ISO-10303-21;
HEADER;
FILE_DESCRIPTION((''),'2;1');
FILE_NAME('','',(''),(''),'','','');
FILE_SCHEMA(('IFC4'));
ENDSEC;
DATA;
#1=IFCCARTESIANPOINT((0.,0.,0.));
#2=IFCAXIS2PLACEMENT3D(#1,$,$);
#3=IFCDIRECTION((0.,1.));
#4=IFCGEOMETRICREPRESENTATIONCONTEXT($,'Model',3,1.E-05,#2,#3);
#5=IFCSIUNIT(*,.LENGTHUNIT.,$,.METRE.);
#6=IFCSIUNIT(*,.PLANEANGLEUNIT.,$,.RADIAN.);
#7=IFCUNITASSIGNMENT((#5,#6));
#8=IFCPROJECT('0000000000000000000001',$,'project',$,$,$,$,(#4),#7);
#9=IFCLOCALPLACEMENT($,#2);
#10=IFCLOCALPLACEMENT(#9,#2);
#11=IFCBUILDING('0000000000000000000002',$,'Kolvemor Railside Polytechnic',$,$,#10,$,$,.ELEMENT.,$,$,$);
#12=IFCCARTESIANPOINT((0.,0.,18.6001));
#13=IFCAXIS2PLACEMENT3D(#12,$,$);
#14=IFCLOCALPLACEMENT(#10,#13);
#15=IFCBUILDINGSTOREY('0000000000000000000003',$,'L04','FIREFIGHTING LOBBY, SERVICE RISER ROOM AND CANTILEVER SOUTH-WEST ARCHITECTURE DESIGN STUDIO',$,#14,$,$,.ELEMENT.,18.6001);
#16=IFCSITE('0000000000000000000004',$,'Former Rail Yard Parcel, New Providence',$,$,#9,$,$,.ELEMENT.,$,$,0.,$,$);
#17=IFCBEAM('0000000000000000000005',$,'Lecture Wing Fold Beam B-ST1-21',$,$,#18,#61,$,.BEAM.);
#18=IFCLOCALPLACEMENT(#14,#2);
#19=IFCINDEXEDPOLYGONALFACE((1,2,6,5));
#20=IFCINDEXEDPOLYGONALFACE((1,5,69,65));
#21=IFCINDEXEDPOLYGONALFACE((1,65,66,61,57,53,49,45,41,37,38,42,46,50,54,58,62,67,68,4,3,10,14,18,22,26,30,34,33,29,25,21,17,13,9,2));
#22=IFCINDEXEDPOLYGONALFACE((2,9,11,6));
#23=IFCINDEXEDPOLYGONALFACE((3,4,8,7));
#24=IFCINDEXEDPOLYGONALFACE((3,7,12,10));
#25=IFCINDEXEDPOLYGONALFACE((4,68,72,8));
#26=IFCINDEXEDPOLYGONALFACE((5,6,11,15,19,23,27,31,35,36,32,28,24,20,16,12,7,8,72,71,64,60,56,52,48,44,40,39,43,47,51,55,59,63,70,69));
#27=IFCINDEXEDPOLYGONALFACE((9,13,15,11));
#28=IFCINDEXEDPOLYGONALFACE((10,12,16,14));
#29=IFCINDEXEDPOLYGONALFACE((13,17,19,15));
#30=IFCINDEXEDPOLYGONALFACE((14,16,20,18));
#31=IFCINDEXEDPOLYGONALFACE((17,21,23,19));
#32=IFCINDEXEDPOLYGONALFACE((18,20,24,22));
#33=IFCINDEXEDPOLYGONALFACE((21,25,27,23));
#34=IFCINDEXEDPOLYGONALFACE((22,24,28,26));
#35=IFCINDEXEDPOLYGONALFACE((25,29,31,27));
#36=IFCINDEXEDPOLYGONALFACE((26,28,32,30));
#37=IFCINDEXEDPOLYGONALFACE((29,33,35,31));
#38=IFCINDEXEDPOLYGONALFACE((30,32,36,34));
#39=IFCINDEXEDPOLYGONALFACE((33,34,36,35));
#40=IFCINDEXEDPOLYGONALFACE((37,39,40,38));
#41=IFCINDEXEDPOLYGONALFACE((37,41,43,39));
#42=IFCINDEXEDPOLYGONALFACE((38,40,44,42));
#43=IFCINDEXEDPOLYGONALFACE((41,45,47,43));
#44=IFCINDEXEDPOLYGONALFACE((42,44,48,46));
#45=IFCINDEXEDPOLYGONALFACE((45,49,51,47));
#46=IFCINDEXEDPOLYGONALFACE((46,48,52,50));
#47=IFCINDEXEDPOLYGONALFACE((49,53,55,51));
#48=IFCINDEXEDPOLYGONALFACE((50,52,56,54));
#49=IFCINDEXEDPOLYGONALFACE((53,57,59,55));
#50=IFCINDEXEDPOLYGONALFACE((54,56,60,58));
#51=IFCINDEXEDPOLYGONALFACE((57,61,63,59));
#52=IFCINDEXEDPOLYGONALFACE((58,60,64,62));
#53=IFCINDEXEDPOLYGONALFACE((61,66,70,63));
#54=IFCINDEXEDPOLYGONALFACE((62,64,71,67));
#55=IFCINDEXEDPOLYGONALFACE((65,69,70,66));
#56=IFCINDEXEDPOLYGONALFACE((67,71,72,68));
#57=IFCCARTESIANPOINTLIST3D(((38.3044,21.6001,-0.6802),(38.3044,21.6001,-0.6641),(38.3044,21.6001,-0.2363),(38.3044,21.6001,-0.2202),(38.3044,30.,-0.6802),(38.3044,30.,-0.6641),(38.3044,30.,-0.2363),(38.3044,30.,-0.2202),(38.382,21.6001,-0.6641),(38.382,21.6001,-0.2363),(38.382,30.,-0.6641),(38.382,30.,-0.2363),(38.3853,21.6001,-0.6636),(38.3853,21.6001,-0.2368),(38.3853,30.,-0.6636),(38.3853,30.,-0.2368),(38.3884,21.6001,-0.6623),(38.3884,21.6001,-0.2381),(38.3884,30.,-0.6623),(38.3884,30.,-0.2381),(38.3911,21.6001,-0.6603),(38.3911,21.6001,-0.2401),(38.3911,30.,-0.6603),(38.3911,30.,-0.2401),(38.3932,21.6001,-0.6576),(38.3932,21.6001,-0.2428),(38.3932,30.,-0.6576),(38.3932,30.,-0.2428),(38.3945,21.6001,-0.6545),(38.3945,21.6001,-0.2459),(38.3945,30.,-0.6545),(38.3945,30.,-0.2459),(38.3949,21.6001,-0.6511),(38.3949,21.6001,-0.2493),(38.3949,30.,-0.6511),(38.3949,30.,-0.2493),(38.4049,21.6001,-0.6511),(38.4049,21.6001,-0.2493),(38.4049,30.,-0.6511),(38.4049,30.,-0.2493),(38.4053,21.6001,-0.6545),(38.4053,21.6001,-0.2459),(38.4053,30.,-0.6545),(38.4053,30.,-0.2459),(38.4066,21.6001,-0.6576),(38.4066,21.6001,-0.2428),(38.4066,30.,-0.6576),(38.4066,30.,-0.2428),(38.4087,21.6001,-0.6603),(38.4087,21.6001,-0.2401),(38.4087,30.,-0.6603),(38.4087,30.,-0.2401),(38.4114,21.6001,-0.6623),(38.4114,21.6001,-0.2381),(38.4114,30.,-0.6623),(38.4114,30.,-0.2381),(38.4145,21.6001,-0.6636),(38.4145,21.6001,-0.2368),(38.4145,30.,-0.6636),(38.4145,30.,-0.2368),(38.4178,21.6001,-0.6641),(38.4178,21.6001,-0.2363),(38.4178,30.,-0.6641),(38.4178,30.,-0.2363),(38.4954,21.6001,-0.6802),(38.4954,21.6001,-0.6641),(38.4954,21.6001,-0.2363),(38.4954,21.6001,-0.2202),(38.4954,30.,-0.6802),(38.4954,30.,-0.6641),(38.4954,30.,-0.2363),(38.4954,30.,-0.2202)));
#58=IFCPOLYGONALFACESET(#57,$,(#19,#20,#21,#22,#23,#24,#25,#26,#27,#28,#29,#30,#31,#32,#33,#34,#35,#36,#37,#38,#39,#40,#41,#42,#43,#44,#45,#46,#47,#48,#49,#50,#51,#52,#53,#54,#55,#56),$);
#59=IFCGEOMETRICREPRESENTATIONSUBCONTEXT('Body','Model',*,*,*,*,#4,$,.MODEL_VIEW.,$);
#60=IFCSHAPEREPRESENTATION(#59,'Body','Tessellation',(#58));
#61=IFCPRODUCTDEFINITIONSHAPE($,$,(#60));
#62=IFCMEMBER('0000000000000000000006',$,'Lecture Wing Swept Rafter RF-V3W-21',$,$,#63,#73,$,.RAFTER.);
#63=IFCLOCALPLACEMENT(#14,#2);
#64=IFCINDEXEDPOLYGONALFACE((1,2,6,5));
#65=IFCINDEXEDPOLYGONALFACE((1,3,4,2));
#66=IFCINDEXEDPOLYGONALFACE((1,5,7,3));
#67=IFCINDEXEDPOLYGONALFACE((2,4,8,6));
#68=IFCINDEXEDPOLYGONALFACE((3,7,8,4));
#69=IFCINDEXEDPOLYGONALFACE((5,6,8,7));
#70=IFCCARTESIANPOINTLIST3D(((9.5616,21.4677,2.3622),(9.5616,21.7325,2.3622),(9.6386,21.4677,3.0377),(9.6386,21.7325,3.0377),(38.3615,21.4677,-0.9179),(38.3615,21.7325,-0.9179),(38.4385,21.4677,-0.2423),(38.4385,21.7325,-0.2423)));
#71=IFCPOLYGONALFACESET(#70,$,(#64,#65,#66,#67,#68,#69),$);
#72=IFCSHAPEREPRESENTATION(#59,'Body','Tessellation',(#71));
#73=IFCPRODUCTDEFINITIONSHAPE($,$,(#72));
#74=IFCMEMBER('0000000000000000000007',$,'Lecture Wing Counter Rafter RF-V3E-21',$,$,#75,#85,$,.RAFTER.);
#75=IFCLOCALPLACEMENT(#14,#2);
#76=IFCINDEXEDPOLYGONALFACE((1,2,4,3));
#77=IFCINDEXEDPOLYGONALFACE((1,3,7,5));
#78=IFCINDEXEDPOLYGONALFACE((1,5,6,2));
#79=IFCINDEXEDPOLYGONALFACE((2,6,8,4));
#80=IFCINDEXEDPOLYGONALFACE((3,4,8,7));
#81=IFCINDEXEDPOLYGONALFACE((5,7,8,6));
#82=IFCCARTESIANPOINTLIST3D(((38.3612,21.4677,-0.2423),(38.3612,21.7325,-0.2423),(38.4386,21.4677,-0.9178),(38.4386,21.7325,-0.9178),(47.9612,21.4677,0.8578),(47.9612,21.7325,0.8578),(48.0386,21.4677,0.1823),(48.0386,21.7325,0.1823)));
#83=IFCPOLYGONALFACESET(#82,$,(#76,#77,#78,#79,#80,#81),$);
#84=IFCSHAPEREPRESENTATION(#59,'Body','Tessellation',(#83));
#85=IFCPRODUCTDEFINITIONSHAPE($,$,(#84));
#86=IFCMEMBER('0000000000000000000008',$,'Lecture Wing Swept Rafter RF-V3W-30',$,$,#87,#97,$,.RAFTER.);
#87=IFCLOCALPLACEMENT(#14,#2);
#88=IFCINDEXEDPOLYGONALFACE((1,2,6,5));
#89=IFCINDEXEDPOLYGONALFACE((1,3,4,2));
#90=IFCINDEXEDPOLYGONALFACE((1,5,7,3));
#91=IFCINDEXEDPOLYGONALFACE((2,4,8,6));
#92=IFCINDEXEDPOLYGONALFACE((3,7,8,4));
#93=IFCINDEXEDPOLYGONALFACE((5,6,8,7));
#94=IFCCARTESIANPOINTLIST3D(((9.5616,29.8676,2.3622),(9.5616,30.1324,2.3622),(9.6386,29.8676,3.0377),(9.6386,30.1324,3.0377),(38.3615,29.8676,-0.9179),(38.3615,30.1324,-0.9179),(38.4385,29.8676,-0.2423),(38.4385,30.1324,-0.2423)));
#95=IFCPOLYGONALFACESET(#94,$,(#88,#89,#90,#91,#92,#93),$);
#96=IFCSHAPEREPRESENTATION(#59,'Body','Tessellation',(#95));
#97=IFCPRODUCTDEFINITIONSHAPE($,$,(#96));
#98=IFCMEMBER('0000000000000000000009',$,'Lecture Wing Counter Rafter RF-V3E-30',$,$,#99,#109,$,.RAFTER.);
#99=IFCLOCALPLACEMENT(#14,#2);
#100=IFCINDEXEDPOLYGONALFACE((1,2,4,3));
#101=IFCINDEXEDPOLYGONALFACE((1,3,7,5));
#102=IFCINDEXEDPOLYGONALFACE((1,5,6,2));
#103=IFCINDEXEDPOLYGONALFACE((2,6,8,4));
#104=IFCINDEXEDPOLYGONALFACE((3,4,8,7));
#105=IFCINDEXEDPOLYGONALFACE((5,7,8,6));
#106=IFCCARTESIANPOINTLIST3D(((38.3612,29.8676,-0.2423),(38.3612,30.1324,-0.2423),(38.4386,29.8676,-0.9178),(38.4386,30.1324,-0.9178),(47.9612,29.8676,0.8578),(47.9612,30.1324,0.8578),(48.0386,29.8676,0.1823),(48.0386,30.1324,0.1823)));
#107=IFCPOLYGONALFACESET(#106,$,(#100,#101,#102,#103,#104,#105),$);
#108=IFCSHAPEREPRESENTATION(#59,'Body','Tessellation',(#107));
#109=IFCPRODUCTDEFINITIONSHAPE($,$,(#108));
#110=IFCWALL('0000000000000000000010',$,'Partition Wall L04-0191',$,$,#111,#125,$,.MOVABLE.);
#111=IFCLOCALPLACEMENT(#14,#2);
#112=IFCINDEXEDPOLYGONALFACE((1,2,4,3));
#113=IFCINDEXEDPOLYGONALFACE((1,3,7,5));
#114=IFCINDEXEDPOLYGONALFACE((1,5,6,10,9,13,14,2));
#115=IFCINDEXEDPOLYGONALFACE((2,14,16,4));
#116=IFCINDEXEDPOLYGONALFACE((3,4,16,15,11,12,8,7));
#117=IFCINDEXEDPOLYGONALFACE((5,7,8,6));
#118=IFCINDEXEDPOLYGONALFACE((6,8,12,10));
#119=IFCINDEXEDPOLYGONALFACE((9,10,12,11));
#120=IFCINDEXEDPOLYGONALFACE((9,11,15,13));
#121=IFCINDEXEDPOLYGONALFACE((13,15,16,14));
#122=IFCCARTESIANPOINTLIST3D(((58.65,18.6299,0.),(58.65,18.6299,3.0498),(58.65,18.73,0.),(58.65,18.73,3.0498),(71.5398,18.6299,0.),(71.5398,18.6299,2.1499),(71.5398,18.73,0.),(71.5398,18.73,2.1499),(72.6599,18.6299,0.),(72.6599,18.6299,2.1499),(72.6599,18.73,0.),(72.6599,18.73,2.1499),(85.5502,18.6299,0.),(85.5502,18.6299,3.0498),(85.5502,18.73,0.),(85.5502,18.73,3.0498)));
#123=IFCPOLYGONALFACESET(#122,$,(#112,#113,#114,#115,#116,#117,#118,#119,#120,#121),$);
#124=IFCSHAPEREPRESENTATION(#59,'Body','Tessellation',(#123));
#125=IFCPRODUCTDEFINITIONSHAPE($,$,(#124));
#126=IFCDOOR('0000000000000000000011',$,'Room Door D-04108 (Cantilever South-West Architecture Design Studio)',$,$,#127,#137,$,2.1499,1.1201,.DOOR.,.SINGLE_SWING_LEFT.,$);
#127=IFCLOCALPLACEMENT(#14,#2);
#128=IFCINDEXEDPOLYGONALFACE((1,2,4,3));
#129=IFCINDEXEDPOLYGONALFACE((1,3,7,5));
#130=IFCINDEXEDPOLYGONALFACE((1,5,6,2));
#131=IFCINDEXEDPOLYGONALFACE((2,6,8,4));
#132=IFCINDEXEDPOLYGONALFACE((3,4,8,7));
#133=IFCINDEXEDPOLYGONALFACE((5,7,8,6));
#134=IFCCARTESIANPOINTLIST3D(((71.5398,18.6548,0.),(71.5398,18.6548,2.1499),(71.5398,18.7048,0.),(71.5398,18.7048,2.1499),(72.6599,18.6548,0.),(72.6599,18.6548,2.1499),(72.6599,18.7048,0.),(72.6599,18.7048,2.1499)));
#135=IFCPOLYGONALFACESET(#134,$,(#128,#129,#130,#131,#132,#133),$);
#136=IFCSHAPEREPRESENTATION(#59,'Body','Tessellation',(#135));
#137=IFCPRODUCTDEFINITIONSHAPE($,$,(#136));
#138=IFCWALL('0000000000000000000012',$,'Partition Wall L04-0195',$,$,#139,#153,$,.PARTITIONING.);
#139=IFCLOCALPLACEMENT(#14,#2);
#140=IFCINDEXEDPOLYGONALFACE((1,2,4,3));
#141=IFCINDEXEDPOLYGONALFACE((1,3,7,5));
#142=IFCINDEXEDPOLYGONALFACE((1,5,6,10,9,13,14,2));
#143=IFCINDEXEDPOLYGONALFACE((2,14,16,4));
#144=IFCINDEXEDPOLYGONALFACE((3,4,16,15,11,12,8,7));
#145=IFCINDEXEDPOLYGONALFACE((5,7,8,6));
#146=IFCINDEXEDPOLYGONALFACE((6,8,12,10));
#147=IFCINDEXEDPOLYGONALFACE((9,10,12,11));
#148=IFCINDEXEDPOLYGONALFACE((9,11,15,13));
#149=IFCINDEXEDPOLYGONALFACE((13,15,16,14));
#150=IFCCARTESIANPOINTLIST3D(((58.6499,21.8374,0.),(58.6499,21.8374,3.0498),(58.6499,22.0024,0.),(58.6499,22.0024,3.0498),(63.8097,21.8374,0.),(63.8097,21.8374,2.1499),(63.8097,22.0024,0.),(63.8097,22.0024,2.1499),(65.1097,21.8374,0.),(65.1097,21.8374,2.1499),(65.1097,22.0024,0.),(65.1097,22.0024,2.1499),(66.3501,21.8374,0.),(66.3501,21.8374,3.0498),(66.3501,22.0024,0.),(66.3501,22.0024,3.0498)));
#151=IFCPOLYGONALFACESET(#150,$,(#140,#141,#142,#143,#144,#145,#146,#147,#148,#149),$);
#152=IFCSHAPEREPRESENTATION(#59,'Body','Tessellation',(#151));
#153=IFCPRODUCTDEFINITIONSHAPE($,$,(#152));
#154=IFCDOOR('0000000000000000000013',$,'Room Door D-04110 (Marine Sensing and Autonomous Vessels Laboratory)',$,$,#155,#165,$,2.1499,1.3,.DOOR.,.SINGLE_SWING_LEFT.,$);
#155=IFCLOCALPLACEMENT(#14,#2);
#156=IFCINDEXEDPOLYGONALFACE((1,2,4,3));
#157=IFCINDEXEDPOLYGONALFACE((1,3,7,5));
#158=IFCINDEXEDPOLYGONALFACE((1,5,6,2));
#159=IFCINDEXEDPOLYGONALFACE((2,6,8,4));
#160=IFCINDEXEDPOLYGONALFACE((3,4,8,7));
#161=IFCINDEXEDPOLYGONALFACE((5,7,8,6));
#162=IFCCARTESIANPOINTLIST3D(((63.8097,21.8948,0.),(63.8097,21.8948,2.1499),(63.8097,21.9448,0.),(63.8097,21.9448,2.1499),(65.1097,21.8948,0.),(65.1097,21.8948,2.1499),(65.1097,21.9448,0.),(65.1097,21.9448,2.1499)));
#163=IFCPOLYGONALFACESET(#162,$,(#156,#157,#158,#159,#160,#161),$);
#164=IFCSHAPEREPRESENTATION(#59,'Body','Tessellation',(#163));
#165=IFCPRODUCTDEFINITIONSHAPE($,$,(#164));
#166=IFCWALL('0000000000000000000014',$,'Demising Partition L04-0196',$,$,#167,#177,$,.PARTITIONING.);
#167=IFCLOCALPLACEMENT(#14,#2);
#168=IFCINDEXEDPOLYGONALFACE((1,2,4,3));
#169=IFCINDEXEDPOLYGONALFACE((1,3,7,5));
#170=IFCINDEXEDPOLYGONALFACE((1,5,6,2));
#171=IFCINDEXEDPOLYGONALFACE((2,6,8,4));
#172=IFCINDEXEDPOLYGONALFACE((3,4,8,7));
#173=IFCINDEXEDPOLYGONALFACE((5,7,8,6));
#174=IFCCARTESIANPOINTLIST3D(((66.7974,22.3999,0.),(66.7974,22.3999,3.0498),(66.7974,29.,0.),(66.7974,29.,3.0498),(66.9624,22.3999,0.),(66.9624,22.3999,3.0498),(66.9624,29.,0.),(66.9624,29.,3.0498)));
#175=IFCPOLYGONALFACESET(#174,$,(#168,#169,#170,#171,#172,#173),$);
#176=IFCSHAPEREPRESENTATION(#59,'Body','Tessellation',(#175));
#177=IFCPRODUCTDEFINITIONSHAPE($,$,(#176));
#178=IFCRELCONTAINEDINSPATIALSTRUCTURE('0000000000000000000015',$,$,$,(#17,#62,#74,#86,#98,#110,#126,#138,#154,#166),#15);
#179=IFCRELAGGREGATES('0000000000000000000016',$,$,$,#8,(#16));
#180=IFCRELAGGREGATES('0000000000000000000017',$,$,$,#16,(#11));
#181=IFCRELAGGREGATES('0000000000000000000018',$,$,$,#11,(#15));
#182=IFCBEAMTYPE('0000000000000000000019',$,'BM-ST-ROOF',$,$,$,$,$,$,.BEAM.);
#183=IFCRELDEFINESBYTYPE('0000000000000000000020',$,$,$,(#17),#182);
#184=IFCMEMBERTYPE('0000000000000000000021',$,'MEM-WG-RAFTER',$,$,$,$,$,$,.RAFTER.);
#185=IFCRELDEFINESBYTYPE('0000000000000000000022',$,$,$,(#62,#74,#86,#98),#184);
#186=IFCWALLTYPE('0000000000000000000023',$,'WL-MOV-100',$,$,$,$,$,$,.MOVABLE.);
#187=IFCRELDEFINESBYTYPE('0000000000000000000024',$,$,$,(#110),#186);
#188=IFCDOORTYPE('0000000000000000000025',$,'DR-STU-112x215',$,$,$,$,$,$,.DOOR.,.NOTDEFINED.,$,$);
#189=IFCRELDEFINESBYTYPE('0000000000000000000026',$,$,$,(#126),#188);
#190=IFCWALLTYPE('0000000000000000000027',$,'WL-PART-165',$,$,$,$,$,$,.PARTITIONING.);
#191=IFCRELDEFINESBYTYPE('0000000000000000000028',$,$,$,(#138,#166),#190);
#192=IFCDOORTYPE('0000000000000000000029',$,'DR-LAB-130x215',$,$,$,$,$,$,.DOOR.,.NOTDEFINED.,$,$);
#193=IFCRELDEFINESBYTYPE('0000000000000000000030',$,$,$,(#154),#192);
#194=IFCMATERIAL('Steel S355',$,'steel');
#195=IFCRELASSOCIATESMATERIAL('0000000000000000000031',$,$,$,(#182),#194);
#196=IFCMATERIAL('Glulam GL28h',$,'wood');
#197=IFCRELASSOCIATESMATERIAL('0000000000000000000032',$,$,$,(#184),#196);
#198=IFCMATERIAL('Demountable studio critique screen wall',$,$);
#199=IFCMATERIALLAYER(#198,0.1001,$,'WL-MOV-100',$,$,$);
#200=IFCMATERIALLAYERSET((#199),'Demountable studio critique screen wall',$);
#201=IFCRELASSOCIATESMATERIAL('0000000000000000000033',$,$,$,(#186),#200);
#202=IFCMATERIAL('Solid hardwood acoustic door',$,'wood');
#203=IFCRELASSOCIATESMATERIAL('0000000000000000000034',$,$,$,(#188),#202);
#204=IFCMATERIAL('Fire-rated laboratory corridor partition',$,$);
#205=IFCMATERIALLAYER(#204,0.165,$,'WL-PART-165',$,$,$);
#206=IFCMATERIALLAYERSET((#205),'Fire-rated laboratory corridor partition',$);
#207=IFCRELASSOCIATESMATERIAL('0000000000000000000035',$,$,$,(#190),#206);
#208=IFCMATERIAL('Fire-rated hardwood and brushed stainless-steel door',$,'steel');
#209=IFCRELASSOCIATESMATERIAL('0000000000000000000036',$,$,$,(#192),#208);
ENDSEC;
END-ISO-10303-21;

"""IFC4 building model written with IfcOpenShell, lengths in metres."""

from ifc_helpers import new_model, si_unit, direction, frame, frame_2d, origin, origin_2d, place, context, subcontext, project, spatial, rectangle, i_section, extrude, material, layer, layer_set, material_profile, profile_set, type_object, element, fill, save


model = new_model("IFC4")

# Units and contexts
model_context = context("Model", 3, precision=1e-05, world=origin(), true_north=direction((0.0, 1.0)))
body_context = subcontext(model_context, "Body", "Model", "MODEL_VIEW")
ifc_project = project(units=[si_unit("LENGTHUNIT", "METRE"), si_unit("PLANEANGLEUNIT", "RADIAN")], contexts=[model_context])

# Site, building, storey
site_placement = place(None, origin())
site = spatial("IfcSite", under=ifc_project, at=site_placement, Name="Former Rail Yard Parcel, New Providence", CompositionType="ELEMENT", RefElevation=0.0)
building_placement = place(site_placement, origin())
building = spatial("IfcBuilding", under=site, at=building_placement, Name="Kolvemor Railside Polytechnic", CompositionType="ELEMENT")
storey_placement = place(building_placement, frame((0.0, 0.0, 18.6001)))
storey = spatial("IfcBuildingStorey", under=building, at=storey_placement, Name="L04", Description="FIREFIGHTING LOBBY, SERVICE RISER ROOM AND CANTILEVER SOUTH-WEST ARCHITECTURE DESIGN STUDIO", CompositionType="ELEMENT", Elevation=18.6001)

# Beam
ifc_material_1 = material(Name="Steel S355", Category="steel")
ifc_material_profile_1 = material_profile(ifc_material_1, i_section(OverallWidth=0.1909, OverallDepth=0.46, WebThickness=0.01, FlangeThickness=0.0161, FilletRadius=0.0129, at=origin_2d()), Name="W460x82")
ifc_profile_set_1 = profile_set([ifc_material_profile_1], Name="Steel S355")
beam_type_1 = type_object("IfcBeamType", Name="BM-ST-ROOF", PredefinedType="BEAM", material=ifc_profile_set_1)
beam_1_placement = place(storey_placement, frame((38.3999, 21.6001, -0.4502), z_axis=(0.0, 1.0, 0.0), x_axis=(-1.0, 0.0, 0.0)))
element("IfcBeam", 1, at=beam_1_placement, inside=storey, type_object=beam_type_1, Name="Lecture Wing Fold Beam B-ST1-21", PredefinedType="BEAM", context=body_context, shape_type="SweptSolid", body=[
    extrude(i_section(OverallWidth=0.1909, OverallDepth=0.46, WebThickness=0.01, FlangeThickness=0.0161, FilletRadius=0.0129, at=origin_2d()), origin(), (0.0, 0.0, 1.0), 8.3999),
])

# Members
ifc_material_2 = material(Name="Glulam GL28h", Category="wood")
ifc_material_profile_2 = material_profile(ifc_material_2, rectangle(XDim=0.2649, YDim=0.6799, at=origin_2d()), Name="GL265x680")
ifc_profile_set_2 = profile_set([ifc_material_profile_2], Name="Glulam GL28h")
member_type = type_object("IfcMemberType", Name="MEM-WG-RAFTER", PredefinedType="RAFTER", material=ifc_profile_set_2)
member_1_placement = place(storey_placement, frame((9.6001, 21.6001, 2.7), z_axis=(0.993577, 0.0, -0.113159), x_axis=(0.0, 1.0, 0.0)))
element("IfcMember", 2, at=member_1_placement, inside=storey, type_object=member_type, Name="Lecture Wing Swept Rafter RF-V3W-21", PredefinedType="RAFTER", context=body_context, shape_type="SweptSolid", body=[
    extrude(rectangle(XDim=0.2649, YDim=0.6799, at=origin_2d()), origin(), (0.0, 0.0, 1.0), 28.9861),
])
member_2_placement = place(storey_placement, frame((38.3999, 21.6001, -0.5801), z_axis=(0.993498, 0.0, 0.113847), x_axis=(0.0, 1.0, 0.0)))
element("IfcMember", 3, at=member_2_placement, inside=storey, type_object=member_type, Name="Lecture Wing Counter Rafter RF-V3E-21", PredefinedType="RAFTER", context=body_context, shape_type="SweptSolid", body=[
    extrude(rectangle(XDim=0.2649, YDim=0.6799, at=origin_2d()), origin(), (0.0, 0.0, 1.0), 9.6628),
])
member_3_placement = place(storey_placement, frame((9.6001, 30.0, 2.7), z_axis=(0.993577, 0.0, -0.113159), x_axis=(0.0, 1.0, 0.0)))
element("IfcMember", 4, at=member_3_placement, inside=storey, type_object=member_type, Name="Lecture Wing Swept Rafter RF-V3W-30", PredefinedType="RAFTER", context=body_context, shape_type="SweptSolid", body=[
    extrude(rectangle(XDim=0.2649, YDim=0.6799, at=origin_2d()), origin(), (0.0, 0.0, 1.0), 28.9861),
])
member_4_placement = place(storey_placement, frame((38.3999, 30.0, -0.5801), z_axis=(0.993498, 0.0, 0.113847), x_axis=(0.0, 1.0, 0.0)))
element("IfcMember", 5, at=member_4_placement, inside=storey, type_object=member_type, Name="Lecture Wing Counter Rafter RF-V3E-30", PredefinedType="RAFTER", context=body_context, shape_type="SweptSolid", body=[
    extrude(rectangle(XDim=0.2649, YDim=0.6799, at=origin_2d()), origin(), (0.0, 0.0, 1.0), 9.6628),
])

# Walls, openings, doors
ifc_material_3 = material(Name="Demountable studio critique screen wall")
ifc_layer_1 = layer(ifc_material_3, 0.1001, Name="WL-MOV-100")
ifc_layer_set_1 = layer_set([ifc_layer_1], Name="Demountable studio critique screen wall")
wall_type_1 = type_object("IfcWallType", Name="WL-MOV-100", PredefinedType="MOVABLE", material=ifc_layer_set_1)
wall_1_placement = place(storey_placement, frame((58.6499, 18.6799, 0.0), z_axis=(0.0, 0.0, 1.0), x_axis=(1.0, 0.0, 0.0)))
wall_1 = element("IfcWall", 6, at=wall_1_placement, inside=storey, type_object=wall_type_1, Name="Partition Wall L04-0191", PredefinedType="MOVABLE", context=body_context, shape_type="SweptSolid", body=[
    extrude(rectangle(XDim=26.9001, YDim=0.1001, at=frame_2d((13.4502, 0.0))), origin(), (0.0, 0.0, 1.0), 3.0498),
])
opening_1_placement = place(wall_1_placement, frame((12.8899, 0.0, 0.0)))
opening_1 = element("IfcOpeningElement", 7, at=opening_1_placement, cuts=wall_1, PredefinedType="OPENING", context=body_context, shape_type="SweptSolid", body=[
    extrude(rectangle(XDim=1.1201, YDim=2.1499, at=frame_2d((0.5601, 1.075))), frame((0.0, 0.0601, 0.0), z_axis=(0.0, -1.0, 0.0), x_axis=(1.0, 0.0, 0.0)), (0.0, 0.0, 1.0), 0.1201),
])
ifc_material_4 = material(Name="Solid hardwood acoustic door", Category="wood")
door_type_1 = type_object("IfcDoorType", Name="DR-STU-112x215", OperationType="NOTDEFINED", PredefinedType="DOOR", material=ifc_material_4)
door_1_placement = place(opening_1_placement, origin())
door_1 = element("IfcDoor", 8, at=door_1_placement, inside=storey, type_object=door_type_1, Name="Room Door D-04108 (Cantilever South-West Architecture Design Studio)", OperationType="SINGLE_SWING_LEFT", OverallHeight=2.1499, OverallWidth=1.1201, PredefinedType="DOOR", context=body_context, shape_type="SweptSolid", body=[
    extrude(rectangle(XDim=1.1201, YDim=2.1499, at=frame_2d((0.5601, 1.075))), frame((0.0, 0.0249, 0.0), z_axis=(0.0, -1.0, 0.0), x_axis=(1.0, 0.0, 0.0)), (0.0, 0.0, 1.0), 0.05),
])
fill(opening_1, door_1)
ifc_material_5 = material(Name="Fire-rated laboratory corridor partition")
ifc_layer_2 = layer(ifc_material_5, 0.165, Name="WL-PART-165")
ifc_layer_set_2 = layer_set([ifc_layer_2], Name="Fire-rated laboratory corridor partition")
wall_type_2 = type_object("IfcWallType", Name="WL-PART-165", PredefinedType="PARTITIONING", material=ifc_layer_set_2)
wall_2_placement = place(storey_placement, frame((58.6499, 21.9199, 0.0), z_axis=(0.0, 0.0, 1.0), x_axis=(1.0, 0.0, 0.0)))
wall_2 = element("IfcWall", 9, at=wall_2_placement, inside=storey, type_object=wall_type_2, Name="Partition Wall L04-0195", PredefinedType="PARTITIONING", context=body_context, shape_type="SweptSolid", body=[
    extrude(rectangle(XDim=7.7002, YDim=0.165, at=frame_2d((3.8501, 0.0))), origin(), (0.0, 0.0, 1.0), 3.0498),
])
opening_2_placement = place(wall_2_placement, frame((5.1599, 0.0, 0.0)))
opening_2 = element("IfcOpeningElement", 10, at=opening_2_placement, cuts=wall_2, PredefinedType="OPENING", context=body_context, shape_type="SweptSolid", body=[
    extrude(rectangle(XDim=1.3, YDim=2.1499, at=frame_2d((0.6499, 1.075))), frame((0.0, 0.0925, 0.0), z_axis=(0.0, -1.0, 0.0), x_axis=(1.0, 0.0, 0.0)), (0.0, 0.0, 1.0), 0.1851),
])
ifc_material_6 = material(Name="Fire-rated hardwood and brushed stainless-steel door", Category="steel")
door_type_2 = type_object("IfcDoorType", Name="DR-LAB-130x215", OperationType="NOTDEFINED", PredefinedType="DOOR", material=ifc_material_6)
door_2_placement = place(opening_2_placement, origin())
door_2 = element("IfcDoor", 11, at=door_2_placement, inside=storey, type_object=door_type_2, Name="Room Door D-04110 (Marine Sensing and Autonomous Vessels Laboratory)", OperationType="SINGLE_SWING_LEFT", OverallHeight=2.1499, OverallWidth=1.3, PredefinedType="DOOR", context=body_context, shape_type="SweptSolid", body=[
    extrude(rectangle(XDim=1.3, YDim=2.1499, at=frame_2d((0.6499, 1.075))), frame((0.0, 0.0249, 0.0), z_axis=(0.0, -1.0, 0.0), x_axis=(1.0, 0.0, 0.0)), (0.0, 0.0, 1.0), 0.05),
])
fill(opening_2, door_2)

# Wall
wall_3_placement = place(storey_placement, frame((66.8799, 22.3999, 0.0), z_axis=(0.0, 0.0, 1.0), x_axis=(0.0, 1.0, 0.0)))
element("IfcWall", 12, at=wall_3_placement, inside=storey, type_object=wall_type_2, Name="Demising Partition L04-0196", PredefinedType="PARTITIONING", context=body_context, shape_type="SweptSolid", body=[
    extrude(rectangle(XDim=6.6001, YDim=0.165, at=frame_2d((3.3, 0.0))), origin(), (0.0, 0.0, 1.0), 3.0498),
])

save(model, "model.ifc")
